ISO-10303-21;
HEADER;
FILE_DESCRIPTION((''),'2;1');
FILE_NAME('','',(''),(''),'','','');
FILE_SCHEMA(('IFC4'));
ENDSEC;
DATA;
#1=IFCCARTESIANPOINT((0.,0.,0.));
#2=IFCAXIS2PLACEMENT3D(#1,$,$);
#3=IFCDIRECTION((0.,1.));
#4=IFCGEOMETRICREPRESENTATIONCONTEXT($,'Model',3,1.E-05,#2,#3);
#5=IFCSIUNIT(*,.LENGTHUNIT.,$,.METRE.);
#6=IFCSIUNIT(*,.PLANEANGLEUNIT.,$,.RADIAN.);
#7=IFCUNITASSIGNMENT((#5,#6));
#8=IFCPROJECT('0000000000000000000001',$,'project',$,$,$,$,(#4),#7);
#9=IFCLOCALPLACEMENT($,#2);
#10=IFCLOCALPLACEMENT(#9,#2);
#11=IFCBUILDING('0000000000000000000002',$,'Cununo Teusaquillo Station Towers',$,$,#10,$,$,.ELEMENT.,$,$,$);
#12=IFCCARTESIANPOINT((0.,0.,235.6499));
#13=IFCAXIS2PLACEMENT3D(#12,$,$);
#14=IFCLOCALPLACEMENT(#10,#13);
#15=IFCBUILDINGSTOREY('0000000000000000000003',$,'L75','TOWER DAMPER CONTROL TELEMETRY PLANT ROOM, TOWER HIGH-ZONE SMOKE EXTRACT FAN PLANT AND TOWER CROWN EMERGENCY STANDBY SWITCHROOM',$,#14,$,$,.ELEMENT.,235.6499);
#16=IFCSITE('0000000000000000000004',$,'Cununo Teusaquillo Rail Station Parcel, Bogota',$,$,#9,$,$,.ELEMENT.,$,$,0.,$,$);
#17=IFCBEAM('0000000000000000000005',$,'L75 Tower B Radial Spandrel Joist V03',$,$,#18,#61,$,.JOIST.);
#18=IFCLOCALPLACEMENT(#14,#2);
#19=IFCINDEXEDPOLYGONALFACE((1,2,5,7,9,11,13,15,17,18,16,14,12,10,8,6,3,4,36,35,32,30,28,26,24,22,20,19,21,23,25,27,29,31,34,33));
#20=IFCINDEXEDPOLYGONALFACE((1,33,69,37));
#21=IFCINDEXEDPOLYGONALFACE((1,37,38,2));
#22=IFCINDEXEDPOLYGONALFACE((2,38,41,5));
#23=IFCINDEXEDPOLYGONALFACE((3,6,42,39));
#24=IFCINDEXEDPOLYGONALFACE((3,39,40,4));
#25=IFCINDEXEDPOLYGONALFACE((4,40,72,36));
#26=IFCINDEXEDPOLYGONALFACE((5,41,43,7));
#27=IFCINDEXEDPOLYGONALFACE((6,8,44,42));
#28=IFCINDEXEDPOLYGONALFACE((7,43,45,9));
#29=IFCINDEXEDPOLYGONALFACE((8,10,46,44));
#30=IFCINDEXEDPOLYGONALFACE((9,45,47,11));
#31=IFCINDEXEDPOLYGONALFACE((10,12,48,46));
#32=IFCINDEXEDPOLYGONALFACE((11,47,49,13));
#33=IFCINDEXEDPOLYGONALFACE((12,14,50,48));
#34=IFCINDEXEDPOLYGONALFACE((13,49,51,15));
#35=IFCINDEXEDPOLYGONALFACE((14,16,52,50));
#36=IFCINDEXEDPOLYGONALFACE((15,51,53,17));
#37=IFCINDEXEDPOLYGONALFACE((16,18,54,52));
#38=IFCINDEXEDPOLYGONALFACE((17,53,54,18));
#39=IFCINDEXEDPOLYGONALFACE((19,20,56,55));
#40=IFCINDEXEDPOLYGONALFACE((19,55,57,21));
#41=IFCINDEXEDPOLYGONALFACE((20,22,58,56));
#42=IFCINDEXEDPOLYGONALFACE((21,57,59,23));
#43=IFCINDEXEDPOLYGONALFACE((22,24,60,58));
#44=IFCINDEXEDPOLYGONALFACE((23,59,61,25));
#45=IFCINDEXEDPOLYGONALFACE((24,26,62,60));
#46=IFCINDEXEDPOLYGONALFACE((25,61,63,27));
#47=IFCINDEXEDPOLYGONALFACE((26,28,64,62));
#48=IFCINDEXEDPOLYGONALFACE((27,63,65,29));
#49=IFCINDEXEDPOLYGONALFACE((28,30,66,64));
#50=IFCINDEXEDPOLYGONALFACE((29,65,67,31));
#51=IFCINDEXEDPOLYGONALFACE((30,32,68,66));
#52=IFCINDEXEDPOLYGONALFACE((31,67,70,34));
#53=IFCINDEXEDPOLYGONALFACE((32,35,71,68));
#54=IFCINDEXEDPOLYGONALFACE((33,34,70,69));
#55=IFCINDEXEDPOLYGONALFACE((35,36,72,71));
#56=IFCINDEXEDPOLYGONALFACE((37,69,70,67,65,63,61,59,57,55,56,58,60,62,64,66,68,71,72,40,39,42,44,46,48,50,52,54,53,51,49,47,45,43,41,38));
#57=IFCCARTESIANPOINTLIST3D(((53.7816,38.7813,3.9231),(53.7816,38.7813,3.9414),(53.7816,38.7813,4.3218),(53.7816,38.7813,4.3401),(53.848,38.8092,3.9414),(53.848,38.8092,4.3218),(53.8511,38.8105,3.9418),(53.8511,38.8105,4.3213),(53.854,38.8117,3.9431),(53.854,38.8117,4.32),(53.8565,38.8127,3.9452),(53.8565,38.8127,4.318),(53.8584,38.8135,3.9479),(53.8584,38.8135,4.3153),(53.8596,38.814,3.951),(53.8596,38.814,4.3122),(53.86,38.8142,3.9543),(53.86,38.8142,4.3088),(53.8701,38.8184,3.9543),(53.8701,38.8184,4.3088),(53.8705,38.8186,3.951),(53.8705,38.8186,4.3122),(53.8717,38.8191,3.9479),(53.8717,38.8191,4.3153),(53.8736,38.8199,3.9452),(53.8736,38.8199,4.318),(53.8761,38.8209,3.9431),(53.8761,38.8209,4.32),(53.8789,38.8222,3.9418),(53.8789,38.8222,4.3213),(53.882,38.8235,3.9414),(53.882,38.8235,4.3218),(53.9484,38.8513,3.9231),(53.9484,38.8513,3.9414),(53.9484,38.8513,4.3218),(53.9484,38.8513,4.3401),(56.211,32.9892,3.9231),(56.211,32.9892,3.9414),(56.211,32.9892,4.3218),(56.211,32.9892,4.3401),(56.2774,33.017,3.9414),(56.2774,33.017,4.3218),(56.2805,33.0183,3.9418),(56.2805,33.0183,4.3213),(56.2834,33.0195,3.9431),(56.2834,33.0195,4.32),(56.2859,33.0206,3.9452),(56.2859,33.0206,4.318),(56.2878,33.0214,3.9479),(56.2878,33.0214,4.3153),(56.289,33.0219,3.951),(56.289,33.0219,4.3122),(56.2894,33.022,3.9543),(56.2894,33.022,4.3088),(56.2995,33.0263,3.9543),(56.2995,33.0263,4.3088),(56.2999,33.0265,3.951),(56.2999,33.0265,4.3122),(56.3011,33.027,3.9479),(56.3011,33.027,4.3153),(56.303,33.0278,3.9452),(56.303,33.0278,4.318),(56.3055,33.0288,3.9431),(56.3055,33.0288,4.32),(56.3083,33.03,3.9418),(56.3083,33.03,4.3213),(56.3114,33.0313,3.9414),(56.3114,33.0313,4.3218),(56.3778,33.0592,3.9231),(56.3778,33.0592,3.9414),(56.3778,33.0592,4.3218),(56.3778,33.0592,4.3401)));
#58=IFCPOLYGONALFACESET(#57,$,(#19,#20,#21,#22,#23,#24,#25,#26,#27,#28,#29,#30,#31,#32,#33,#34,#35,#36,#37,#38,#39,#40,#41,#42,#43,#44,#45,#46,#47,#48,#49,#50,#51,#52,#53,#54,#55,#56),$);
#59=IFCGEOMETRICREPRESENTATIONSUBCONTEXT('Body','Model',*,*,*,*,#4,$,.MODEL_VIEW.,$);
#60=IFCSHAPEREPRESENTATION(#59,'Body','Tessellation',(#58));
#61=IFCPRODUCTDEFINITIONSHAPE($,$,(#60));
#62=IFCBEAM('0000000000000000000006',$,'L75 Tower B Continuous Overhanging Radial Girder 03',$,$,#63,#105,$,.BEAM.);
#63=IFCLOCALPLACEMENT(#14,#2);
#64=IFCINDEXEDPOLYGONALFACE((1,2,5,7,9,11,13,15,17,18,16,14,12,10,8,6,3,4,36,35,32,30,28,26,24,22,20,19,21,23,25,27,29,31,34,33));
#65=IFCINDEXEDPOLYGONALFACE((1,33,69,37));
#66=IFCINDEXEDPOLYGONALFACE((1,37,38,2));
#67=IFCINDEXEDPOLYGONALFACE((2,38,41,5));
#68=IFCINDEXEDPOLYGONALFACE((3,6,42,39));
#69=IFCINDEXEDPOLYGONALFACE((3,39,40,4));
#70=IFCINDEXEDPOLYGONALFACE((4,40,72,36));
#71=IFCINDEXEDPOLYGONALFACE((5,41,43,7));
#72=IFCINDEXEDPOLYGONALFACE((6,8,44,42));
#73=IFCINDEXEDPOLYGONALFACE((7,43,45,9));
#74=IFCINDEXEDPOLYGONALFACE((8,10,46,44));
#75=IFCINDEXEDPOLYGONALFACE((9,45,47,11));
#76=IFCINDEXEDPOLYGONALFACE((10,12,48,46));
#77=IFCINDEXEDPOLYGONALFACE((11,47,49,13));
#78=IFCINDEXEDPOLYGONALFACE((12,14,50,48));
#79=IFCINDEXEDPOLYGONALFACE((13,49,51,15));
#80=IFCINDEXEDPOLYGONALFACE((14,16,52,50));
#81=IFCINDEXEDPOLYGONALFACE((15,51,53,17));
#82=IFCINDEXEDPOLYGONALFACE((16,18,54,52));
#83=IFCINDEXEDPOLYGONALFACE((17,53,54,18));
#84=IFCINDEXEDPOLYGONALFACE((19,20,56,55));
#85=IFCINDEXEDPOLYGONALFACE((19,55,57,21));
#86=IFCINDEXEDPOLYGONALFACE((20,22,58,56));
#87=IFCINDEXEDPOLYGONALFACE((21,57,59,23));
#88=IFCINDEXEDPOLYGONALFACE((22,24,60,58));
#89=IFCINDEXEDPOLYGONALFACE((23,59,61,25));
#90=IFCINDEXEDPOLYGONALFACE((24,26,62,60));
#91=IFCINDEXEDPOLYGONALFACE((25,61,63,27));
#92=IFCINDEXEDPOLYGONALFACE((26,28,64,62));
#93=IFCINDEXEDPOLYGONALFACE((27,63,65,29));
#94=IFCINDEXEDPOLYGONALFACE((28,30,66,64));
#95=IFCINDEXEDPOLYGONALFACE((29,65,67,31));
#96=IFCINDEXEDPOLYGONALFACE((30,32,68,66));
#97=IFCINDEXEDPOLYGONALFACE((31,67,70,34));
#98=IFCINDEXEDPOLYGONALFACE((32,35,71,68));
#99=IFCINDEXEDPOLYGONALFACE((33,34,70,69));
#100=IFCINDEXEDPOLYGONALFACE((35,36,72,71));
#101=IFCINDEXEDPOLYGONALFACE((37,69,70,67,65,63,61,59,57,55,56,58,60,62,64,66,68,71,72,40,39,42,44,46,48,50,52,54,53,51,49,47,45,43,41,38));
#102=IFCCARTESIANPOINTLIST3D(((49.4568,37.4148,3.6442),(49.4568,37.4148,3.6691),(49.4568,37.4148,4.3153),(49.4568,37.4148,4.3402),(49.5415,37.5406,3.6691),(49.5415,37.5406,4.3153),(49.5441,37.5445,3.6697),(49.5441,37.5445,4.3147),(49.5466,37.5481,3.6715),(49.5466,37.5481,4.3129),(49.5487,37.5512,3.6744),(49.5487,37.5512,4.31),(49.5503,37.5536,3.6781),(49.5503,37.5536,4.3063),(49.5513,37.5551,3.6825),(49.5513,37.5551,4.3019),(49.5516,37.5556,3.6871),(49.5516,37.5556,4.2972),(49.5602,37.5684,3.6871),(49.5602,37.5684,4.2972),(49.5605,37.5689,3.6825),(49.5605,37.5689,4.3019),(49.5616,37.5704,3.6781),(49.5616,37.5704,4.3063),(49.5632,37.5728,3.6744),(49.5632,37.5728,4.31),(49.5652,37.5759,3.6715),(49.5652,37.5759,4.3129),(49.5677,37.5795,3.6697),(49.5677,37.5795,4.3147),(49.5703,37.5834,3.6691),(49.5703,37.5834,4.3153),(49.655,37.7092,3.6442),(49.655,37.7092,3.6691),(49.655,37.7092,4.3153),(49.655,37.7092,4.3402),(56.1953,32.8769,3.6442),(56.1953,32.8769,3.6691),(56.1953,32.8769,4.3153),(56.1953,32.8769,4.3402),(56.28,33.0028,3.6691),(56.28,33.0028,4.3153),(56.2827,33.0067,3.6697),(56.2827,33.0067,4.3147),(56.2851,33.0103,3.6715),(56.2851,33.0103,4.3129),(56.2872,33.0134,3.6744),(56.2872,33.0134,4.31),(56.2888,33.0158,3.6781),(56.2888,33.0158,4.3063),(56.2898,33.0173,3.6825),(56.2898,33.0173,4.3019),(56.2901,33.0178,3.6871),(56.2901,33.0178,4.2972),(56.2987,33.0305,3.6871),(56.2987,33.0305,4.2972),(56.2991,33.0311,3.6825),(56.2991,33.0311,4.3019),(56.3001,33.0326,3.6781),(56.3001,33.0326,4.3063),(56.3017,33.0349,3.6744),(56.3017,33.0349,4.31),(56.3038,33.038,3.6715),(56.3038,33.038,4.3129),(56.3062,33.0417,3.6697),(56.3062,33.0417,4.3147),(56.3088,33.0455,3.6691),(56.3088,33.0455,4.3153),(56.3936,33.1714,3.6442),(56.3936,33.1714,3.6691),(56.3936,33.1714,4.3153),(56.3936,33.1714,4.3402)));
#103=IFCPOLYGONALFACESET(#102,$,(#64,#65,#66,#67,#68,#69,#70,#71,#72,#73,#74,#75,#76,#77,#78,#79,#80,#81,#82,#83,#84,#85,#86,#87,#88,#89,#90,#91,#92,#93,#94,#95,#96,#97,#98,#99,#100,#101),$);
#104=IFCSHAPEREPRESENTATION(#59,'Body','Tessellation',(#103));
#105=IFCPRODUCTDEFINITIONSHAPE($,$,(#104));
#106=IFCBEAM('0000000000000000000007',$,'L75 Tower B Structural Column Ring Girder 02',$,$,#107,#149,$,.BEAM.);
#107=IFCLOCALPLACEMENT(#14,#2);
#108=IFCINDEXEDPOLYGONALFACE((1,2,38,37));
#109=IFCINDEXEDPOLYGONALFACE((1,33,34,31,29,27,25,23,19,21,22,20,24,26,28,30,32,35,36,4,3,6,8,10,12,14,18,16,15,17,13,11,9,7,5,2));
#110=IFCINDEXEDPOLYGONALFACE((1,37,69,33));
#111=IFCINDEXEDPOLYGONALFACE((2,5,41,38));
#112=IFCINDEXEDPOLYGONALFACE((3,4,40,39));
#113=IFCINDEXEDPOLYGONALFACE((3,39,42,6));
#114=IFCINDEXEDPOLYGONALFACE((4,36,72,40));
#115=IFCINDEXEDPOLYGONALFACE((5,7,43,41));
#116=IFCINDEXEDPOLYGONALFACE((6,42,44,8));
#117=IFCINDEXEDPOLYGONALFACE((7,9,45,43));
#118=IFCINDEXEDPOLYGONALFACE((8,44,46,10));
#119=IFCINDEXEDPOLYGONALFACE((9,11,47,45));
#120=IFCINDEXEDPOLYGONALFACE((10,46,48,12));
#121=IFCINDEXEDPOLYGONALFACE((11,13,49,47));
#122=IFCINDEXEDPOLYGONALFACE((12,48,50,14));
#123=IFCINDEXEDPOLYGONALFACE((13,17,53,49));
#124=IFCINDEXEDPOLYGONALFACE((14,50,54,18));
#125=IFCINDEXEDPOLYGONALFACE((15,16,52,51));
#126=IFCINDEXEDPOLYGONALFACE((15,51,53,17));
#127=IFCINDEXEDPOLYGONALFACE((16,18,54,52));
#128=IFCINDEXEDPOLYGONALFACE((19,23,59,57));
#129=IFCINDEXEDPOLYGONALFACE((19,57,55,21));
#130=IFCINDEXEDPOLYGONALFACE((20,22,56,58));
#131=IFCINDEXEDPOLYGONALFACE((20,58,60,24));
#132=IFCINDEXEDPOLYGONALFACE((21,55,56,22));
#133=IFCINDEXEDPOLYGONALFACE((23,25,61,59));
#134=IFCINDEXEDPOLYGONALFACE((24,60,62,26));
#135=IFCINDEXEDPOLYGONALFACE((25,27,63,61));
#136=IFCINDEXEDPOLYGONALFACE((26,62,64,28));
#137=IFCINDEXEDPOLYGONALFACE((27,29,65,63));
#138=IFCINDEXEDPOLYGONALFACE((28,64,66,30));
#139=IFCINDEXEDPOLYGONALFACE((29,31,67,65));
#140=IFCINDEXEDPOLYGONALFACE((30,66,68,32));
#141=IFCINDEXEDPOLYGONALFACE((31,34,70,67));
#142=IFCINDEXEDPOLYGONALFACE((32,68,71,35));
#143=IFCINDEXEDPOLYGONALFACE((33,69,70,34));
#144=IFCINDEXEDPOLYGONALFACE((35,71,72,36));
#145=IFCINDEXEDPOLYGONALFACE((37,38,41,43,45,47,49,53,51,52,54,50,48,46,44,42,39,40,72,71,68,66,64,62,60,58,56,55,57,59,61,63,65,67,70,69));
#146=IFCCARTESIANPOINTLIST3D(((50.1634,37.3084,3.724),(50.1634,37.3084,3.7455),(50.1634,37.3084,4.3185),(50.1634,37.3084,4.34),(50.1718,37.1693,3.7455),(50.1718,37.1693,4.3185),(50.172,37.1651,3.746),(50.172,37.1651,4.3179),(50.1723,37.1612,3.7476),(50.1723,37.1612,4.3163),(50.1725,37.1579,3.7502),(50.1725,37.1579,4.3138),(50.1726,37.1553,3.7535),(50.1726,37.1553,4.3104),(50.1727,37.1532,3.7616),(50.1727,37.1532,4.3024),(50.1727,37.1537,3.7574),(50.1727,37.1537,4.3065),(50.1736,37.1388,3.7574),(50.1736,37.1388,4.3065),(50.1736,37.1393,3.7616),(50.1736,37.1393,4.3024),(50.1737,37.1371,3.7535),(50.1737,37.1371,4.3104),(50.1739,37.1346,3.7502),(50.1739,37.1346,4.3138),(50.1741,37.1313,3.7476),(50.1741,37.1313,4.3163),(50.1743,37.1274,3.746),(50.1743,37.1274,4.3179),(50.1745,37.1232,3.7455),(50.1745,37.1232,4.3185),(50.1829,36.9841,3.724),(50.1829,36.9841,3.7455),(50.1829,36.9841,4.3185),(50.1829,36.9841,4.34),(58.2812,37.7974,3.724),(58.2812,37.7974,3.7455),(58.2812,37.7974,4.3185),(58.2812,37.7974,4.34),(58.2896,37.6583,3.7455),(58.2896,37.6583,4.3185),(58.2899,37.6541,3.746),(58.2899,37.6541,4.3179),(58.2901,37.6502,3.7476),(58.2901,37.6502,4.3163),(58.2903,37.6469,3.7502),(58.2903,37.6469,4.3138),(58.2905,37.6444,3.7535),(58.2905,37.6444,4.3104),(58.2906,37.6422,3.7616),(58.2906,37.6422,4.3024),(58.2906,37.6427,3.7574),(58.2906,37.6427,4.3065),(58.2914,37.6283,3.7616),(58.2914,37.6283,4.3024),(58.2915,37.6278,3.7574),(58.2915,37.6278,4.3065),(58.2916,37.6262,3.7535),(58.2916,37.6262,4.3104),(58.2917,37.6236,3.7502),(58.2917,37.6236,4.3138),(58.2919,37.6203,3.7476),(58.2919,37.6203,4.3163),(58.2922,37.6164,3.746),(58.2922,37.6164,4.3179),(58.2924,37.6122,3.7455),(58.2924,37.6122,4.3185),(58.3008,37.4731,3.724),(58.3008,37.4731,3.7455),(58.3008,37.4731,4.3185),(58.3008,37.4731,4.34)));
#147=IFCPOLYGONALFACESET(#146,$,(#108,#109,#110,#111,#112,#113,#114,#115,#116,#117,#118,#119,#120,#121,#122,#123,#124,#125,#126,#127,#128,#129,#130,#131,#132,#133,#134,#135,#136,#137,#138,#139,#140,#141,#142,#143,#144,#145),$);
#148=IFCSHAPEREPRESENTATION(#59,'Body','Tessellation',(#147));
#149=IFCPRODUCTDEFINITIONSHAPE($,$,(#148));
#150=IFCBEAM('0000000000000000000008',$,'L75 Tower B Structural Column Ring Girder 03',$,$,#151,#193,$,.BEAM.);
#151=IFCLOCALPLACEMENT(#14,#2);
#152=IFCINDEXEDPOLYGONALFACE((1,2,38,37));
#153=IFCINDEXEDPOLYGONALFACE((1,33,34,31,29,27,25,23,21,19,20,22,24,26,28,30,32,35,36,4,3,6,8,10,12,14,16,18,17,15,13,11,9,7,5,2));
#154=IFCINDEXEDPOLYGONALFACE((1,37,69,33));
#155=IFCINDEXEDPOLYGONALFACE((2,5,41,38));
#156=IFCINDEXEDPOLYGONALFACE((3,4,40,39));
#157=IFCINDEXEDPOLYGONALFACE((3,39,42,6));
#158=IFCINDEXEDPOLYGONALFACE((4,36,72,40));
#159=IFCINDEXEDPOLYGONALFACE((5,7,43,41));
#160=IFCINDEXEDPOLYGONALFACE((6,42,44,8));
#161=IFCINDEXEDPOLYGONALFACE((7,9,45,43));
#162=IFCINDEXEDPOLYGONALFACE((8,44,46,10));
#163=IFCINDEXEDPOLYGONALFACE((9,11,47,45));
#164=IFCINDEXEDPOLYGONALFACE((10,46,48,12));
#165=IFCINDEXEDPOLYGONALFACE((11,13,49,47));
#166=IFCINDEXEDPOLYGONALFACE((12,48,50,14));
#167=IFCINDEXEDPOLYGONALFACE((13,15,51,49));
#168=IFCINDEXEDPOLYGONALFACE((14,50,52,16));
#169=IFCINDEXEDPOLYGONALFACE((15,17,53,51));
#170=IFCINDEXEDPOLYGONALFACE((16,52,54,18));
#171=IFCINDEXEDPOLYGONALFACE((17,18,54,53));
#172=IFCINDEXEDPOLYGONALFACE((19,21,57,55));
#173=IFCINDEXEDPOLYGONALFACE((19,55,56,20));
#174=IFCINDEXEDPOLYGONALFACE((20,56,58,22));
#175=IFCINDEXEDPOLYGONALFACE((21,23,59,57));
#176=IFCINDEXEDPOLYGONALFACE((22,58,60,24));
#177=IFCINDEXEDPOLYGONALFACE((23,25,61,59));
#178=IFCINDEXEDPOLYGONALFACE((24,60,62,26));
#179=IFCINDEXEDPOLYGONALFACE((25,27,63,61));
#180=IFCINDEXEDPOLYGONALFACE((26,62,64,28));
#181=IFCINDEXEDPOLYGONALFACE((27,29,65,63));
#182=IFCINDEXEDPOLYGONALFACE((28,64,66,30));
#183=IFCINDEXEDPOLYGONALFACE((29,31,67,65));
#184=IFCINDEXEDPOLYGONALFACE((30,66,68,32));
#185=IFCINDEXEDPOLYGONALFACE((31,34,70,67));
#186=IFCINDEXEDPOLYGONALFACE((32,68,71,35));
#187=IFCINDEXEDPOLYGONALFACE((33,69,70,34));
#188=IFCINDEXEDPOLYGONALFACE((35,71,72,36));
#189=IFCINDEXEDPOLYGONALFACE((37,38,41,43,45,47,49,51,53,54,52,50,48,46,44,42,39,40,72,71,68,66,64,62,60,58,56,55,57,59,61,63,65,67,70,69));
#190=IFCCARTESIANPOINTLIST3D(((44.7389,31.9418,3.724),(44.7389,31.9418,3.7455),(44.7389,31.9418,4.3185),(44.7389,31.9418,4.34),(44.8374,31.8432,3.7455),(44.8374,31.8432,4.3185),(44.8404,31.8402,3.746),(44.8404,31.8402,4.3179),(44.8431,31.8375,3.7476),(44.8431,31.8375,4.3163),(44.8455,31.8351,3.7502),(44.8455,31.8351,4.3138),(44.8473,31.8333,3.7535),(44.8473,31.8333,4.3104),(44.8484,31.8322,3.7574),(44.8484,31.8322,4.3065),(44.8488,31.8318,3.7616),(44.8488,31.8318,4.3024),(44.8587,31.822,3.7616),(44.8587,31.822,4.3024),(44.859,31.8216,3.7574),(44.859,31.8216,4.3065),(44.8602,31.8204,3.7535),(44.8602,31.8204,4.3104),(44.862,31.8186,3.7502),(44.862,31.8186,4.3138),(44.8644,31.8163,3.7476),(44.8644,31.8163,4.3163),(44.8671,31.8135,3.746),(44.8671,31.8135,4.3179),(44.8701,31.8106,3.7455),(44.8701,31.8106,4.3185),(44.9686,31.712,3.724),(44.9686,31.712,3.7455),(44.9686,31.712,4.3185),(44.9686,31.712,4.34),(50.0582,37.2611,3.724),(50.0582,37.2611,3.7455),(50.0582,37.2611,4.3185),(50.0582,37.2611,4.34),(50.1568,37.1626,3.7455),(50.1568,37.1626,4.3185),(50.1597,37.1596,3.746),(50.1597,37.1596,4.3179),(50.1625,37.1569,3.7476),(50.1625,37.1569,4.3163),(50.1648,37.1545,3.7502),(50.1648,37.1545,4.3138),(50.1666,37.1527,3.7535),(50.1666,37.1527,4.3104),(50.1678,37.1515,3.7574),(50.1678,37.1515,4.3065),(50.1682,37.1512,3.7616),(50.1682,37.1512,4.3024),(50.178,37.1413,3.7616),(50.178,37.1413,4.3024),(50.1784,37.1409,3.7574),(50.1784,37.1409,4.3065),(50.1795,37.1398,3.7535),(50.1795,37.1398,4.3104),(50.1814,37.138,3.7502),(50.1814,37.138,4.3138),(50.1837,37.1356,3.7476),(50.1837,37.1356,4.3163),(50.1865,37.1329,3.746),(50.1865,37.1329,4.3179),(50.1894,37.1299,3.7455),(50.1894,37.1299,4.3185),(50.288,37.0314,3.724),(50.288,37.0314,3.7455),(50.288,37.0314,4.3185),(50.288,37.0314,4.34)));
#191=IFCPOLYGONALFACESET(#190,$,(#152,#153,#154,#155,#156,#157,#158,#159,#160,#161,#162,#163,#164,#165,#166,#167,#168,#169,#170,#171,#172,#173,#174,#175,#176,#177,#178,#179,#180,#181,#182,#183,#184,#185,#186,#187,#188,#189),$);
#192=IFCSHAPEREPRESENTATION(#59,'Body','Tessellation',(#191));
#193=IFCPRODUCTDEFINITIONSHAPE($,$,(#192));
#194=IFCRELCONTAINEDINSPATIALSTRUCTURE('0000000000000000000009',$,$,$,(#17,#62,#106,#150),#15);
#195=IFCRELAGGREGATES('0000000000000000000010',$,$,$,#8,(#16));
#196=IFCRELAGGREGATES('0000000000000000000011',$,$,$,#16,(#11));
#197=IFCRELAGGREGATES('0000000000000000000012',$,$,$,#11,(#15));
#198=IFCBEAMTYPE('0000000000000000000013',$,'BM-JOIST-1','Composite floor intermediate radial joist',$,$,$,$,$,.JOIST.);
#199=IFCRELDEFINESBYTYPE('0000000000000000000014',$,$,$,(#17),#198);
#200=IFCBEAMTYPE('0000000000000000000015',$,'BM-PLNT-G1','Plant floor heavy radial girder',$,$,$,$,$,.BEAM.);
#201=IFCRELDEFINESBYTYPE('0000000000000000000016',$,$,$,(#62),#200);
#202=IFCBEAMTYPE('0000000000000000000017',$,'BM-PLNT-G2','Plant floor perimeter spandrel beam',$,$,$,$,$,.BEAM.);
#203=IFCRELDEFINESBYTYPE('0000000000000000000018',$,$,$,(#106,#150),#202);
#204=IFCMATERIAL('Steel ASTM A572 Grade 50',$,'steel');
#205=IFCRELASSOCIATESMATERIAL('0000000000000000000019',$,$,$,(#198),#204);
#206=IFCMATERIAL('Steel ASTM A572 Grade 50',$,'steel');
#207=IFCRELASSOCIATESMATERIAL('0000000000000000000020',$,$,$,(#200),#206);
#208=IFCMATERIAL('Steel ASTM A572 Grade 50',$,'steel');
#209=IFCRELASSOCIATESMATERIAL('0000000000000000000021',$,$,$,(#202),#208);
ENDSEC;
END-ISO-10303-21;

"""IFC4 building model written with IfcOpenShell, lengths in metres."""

from ifc_helpers import new_model, si_unit, direction, frame, origin, origin_2d, place, context, subcontext, project, spatial, i_section, extrude, material, material_profile, profile_set, type_object, element, save


model = new_model("IFC4")

# Units and contexts
model_context = context("Model", 3, precision=1e-05, world=origin(), true_north=direction((0.0, 1.0)))
body_context = subcontext(model_context, "Body", "Model", "MODEL_VIEW")
ifc_project = project(units=[si_unit("LENGTHUNIT", "METRE"), si_unit("PLANEANGLEUNIT", "RADIAN")], contexts=[model_context])

# Site, building, storey
site_placement = place(None, origin())
site = spatial("IfcSite", under=ifc_project, at=site_placement, Name="Cununo Teusaquillo Rail Station Parcel, Bogota", CompositionType="ELEMENT", RefElevation=0.0)
building_placement = place(site_placement, origin())
building = spatial("IfcBuilding", under=site, at=building_placement, Name="Cununo Teusaquillo Station Towers", CompositionType="ELEMENT")
storey_placement = place(building_placement, frame((0.0, 0.0, 235.6499)))
storey = spatial("IfcBuildingStorey", under=building, at=storey_placement, Name="L75", Description="TOWER DAMPER CONTROL TELEMETRY PLANT ROOM, TOWER HIGH-ZONE SMOKE EXTRACT FAN PLANT AND TOWER CROWN EMERGENCY STANDBY SWITCHROOM", CompositionType="ELEMENT", Elevation=235.6499)

# Beams
ifc_material_1 = material(Name="Steel ASTM A572 Grade 50", Category="steel")
ifc_material_profile_1 = material_profile(ifc_material_1, i_section(OverallWidth=0.1809, OverallDepth=0.417, WebThickness=0.011, FlangeThickness=0.0183, FilletRadius=0.0129, at=origin_2d()), Name="W16X57")
ifc_profile_set_1 = profile_set([ifc_material_profile_1], Name="Steel ASTM A572 Grade 50")
beam_type_1 = type_object("IfcBeamType", Name="BM-JOIST-1", Description="Composite floor intermediate radial joist", PredefinedType="JOIST", material=ifc_profile_set_1)
beam_1_placement = place(storey_placement, frame((56.2944, 33.0242, 4.1316), z_axis=(-0.386786, 0.922169, 0.0), x_axis=(-0.922169, -0.386786, 0.0)))
element("IfcBeam", 1, at=beam_1_placement, inside=storey, type_object=beam_type_1, Name="L75 Tower B Radial Spandrel Joist V03", PredefinedType="JOIST", context=body_context, shape_type="SweptSolid", body=[
    extrude(i_section(OverallWidth=0.1809, OverallDepth=0.417, WebThickness=0.011, FlangeThickness=0.0183, FilletRadius=0.0129, at=origin_2d()), origin(), (0.0, 0.0, 1.0), 6.281),
])
ifc_material_2 = material(Name="Steel ASTM A572 Grade 50", Category="steel")
ifc_material_profile_2 = material_profile(ifc_material_2, i_section(OverallWidth=0.355, OverallDepth=0.696, WebThickness=0.0154, FlangeThickness=0.0249, FilletRadius=0.0181, at=origin_2d()), Name="W27X146")
ifc_profile_set_2 = profile_set([ifc_material_profile_2], Name="Steel ASTM A572 Grade 50")
beam_type_2 = type_object("IfcBeamType", Name="BM-PLNT-G1", Description="Plant floor heavy radial girder", PredefinedType="BEAM", material=ifc_profile_set_2)
beam_2_placement = place(storey_placement, frame((56.2944, 33.0242, 3.9922), z_axis=(-0.829457, 0.558571, 0.0), x_axis=(-0.558571, -0.829457, 0.0)))
element("IfcBeam", 2, at=beam_2_placement, inside=storey, type_object=beam_type_2, Name="L75 Tower B Continuous Overhanging Radial Girder 03", PredefinedType="BEAM", context=body_context, shape_type="SweptSolid", body=[
    extrude(i_section(OverallWidth=0.355, OverallDepth=0.696, WebThickness=0.0154, FlangeThickness=0.0249, FilletRadius=0.0181, at=origin_2d()), origin(), (0.0, 0.0, 1.0), 8.124),
])
ifc_material_3 = material(Name="Steel ASTM A572 Grade 50", Category="steel")
ifc_material_profile_3 = material_profile(ifc_material_3, i_section(OverallWidth=0.325, OverallDepth=0.616, WebThickness=0.0139, FlangeThickness=0.0215, FilletRadius=0.0161, at=origin_2d()), Name="W24X117")
ifc_profile_set_3 = profile_set([ifc_material_profile_3], Name="Steel ASTM A572 Grade 50")
beam_type_3 = type_object("IfcBeamType", Name="BM-PLNT-G2", Description="Plant floor perimeter spandrel beam", PredefinedType="BEAM", material=ifc_profile_set_3)
beam_3_placement = place(storey_placement, frame((58.291, 37.6353, 4.032), z_axis=(-0.998191, -0.06013, 0.0), x_axis=(0.06013, -0.998191, 0.0)))
element("IfcBeam", 3, at=beam_3_placement, inside=storey, type_object=beam_type_3, Name="L75 Tower B Structural Column Ring Girder 02", PredefinedType="BEAM", context=body_context, shape_type="SweptSolid", body=[
    extrude(i_section(OverallWidth=0.325, OverallDepth=0.616, WebThickness=0.0139, FlangeThickness=0.0215, FilletRadius=0.0161, at=origin_2d()), origin(), (0.0, 0.0, 1.0), 8.1326),
])
beam_4_placement = place(storey_placement, frame((50.1731, 37.1462, 4.032), z_axis=(-0.707107, -0.707107, 0.0), x_axis=(0.707107, -0.707107, 0.0)))
element("IfcBeam", 4, at=beam_4_placement, inside=storey, type_object=beam_type_3, Name="L75 Tower B Structural Column Ring Girder 03", PredefinedType="BEAM", context=body_context, shape_type="SweptSolid", body=[
    extrude(i_section(OverallWidth=0.325, OverallDepth=0.616, WebThickness=0.0139, FlangeThickness=0.0215, FilletRadius=0.0161, at=origin_2d()), origin(), (0.0, 0.0, 1.0), 7.5227),
])

save(model, "model.ifc")
